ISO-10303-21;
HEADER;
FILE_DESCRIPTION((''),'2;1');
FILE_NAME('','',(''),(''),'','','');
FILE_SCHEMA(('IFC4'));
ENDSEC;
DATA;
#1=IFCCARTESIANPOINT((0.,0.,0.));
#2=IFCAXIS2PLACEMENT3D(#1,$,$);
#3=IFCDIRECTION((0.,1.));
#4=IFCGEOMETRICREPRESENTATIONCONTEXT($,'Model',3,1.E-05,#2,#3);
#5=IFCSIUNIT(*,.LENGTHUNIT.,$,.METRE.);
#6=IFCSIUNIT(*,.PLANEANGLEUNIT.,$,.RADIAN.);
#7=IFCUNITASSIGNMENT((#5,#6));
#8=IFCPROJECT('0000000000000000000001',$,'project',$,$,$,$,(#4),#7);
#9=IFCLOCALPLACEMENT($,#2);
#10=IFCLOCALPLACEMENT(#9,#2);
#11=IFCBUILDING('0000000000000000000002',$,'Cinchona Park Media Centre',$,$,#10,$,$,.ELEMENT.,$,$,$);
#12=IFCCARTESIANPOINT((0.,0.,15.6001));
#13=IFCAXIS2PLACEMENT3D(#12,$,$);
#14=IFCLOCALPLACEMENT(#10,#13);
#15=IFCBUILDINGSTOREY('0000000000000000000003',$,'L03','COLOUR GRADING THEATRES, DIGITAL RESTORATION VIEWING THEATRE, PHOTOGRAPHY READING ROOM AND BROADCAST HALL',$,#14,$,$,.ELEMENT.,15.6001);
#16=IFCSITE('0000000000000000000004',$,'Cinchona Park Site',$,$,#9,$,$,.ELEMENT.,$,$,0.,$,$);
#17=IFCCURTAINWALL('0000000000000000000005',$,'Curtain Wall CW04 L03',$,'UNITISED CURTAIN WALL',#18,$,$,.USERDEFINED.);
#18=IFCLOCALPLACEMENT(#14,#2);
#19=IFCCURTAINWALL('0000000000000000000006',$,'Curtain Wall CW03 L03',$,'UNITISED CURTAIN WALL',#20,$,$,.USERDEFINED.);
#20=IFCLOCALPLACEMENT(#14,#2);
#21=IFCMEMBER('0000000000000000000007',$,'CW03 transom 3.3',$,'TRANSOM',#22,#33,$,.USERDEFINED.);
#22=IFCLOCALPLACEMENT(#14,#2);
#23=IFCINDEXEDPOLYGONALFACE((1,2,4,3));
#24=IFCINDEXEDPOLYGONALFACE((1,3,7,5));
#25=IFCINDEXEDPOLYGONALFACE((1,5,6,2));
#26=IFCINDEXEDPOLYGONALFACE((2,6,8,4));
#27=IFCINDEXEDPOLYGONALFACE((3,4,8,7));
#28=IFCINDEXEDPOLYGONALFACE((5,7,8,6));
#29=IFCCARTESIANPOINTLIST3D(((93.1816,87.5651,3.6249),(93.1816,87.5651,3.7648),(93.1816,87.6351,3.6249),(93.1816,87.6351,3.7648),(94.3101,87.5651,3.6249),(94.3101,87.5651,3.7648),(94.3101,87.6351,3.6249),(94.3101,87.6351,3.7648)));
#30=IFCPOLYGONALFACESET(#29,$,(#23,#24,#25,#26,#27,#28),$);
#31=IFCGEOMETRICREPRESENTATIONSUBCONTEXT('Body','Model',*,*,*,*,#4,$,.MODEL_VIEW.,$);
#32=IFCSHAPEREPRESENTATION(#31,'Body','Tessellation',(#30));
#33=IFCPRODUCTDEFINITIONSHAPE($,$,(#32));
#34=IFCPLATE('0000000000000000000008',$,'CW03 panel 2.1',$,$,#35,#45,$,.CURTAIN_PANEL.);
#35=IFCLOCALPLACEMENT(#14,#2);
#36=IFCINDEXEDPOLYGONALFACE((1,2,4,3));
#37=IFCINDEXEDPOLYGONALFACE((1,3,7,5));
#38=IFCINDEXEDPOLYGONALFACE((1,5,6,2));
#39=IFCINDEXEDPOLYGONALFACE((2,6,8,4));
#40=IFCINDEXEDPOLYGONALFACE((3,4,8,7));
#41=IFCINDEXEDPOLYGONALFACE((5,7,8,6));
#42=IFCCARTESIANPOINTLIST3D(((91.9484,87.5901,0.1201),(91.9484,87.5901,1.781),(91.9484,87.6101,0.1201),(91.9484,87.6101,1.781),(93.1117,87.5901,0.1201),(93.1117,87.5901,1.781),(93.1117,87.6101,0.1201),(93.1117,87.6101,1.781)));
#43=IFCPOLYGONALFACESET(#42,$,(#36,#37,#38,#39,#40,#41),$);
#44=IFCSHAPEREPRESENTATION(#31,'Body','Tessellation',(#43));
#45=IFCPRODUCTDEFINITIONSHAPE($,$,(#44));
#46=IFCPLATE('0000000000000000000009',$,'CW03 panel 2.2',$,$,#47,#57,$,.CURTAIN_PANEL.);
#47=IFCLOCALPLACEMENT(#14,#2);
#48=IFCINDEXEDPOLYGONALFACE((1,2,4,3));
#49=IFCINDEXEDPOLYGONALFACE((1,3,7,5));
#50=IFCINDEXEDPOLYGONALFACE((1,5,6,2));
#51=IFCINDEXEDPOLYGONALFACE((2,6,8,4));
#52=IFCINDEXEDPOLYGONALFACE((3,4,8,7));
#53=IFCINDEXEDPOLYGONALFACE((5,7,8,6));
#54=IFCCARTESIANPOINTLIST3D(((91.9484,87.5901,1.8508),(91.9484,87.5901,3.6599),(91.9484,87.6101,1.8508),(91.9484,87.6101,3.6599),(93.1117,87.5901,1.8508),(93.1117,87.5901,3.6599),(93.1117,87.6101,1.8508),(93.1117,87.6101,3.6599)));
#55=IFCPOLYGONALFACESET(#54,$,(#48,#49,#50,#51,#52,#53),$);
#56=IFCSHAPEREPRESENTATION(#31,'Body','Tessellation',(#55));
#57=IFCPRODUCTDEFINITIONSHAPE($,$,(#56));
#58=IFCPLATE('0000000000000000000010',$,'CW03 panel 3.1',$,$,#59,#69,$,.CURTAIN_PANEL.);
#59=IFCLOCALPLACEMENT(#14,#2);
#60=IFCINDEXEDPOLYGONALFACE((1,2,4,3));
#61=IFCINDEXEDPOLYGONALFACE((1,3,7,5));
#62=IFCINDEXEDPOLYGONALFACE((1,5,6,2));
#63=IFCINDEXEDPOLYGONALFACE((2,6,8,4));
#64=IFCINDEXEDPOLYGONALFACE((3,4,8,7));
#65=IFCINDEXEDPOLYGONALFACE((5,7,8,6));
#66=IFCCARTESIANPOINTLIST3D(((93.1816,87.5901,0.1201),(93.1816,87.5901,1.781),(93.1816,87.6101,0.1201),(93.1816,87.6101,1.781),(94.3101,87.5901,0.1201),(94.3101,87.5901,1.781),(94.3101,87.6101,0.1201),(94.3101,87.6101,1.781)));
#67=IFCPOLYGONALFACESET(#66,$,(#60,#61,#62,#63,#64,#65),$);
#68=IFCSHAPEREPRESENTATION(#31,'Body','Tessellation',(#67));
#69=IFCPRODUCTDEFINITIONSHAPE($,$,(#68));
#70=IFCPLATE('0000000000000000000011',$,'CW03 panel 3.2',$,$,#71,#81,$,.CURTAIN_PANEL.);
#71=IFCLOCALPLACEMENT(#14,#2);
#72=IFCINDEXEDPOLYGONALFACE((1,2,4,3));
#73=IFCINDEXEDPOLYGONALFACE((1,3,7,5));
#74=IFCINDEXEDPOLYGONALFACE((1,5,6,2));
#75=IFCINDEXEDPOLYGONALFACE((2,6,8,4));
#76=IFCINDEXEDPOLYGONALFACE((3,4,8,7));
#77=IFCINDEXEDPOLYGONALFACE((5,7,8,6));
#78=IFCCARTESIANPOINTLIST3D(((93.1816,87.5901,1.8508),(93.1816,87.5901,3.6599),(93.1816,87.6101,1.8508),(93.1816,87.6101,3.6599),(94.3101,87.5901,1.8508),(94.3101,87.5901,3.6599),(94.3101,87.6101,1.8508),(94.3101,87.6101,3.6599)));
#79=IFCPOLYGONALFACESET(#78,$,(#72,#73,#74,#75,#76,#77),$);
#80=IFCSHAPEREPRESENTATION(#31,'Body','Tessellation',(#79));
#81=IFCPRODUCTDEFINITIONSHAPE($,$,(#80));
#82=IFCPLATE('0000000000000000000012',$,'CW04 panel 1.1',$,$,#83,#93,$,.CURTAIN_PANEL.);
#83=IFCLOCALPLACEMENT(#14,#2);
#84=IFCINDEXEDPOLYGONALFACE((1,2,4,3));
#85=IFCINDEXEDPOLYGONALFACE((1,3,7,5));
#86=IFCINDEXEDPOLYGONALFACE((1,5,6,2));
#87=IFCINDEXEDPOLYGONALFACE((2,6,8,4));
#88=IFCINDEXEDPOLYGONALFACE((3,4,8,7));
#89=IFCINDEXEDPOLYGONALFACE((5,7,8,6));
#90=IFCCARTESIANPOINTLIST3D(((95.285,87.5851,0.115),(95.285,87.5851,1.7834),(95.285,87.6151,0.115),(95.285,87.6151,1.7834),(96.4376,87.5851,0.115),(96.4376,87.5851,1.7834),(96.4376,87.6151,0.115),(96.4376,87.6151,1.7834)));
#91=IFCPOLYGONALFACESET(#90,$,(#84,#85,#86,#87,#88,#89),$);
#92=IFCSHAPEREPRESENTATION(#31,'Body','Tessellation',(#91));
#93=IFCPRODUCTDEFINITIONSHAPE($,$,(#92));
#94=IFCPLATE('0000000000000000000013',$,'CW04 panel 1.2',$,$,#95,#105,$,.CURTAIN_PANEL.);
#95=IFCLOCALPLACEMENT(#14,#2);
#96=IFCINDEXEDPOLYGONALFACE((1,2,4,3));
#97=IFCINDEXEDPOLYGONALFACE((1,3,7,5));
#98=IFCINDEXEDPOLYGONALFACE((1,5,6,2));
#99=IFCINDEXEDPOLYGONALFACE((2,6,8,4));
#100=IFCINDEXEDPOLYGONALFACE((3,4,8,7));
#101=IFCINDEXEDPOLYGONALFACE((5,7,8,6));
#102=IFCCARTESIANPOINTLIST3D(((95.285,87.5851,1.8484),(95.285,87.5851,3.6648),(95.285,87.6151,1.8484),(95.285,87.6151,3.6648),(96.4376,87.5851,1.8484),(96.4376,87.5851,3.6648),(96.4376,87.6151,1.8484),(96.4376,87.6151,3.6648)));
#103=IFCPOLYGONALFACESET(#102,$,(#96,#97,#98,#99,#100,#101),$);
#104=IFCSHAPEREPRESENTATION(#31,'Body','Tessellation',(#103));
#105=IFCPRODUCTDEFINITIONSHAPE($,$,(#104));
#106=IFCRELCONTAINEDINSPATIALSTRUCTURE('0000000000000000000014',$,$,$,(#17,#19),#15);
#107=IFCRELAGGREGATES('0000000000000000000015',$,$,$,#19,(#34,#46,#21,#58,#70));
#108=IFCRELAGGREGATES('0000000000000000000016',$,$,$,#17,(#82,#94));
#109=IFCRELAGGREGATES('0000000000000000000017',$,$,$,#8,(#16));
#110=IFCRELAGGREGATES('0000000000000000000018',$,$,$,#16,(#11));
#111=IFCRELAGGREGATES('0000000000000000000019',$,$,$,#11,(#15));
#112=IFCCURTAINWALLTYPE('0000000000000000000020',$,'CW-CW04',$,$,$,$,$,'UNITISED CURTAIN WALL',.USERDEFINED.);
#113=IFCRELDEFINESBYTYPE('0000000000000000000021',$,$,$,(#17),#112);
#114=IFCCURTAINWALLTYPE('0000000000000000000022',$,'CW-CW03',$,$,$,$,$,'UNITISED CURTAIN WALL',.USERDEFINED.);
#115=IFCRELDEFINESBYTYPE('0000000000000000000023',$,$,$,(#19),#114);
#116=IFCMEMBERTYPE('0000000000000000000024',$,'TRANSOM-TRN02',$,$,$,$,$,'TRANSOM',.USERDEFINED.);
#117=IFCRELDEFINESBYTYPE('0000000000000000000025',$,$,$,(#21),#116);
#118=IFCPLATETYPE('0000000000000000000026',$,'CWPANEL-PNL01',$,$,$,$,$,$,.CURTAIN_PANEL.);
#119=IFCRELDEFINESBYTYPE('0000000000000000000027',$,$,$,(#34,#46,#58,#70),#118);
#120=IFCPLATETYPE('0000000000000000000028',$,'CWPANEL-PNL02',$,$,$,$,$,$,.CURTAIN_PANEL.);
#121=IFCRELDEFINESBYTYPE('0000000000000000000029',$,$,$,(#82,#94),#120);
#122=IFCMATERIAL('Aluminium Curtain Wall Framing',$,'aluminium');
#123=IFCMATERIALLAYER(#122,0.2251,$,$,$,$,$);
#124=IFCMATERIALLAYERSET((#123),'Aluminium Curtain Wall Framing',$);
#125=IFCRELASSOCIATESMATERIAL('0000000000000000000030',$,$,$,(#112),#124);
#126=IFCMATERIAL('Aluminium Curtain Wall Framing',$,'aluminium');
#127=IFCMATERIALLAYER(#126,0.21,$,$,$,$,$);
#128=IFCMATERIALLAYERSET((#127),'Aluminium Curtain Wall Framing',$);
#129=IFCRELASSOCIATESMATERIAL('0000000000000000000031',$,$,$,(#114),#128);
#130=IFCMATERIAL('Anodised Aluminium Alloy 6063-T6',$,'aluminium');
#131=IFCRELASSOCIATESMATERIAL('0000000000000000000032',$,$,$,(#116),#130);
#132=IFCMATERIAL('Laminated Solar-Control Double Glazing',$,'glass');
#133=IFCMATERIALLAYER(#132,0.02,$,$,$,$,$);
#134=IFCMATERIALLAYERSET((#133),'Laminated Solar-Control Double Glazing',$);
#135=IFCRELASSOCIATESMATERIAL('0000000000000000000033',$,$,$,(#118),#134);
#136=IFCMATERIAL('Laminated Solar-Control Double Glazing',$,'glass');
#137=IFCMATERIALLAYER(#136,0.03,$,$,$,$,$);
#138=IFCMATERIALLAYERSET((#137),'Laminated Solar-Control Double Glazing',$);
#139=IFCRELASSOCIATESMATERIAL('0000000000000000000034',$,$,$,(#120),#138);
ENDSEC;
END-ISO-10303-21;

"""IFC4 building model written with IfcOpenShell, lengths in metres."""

from ifc_helpers import new_model, si_unit, direction, frame, origin, origin_2d, place, context, subcontext, project, spatial, rectangle, extrude, material, layer, layer_set, material_profile, profile_set, type_object, element, aggregate, save


model = new_model("IFC4")

# Units and contexts
model_context = context("Model", 3, precision=1e-05, world=origin(), true_north=direction((0.0, 1.0)))
body_context = subcontext(model_context, "Body", "Model", "MODEL_VIEW")
ifc_project = project(units=[si_unit("LENGTHUNIT", "METRE"), si_unit("PLANEANGLEUNIT", "RADIAN")], contexts=[model_context])

# Site, building, storey
site_placement = place(None, origin())
site = spatial("IfcSite", under=ifc_project, at=site_placement, Name="Cinchona Park Site", CompositionType="ELEMENT", RefElevation=0.0)
building_placement = place(site_placement, origin())
building = spatial("IfcBuilding", under=site, at=building_placement, Name="Cinchona Park Media Centre", CompositionType="ELEMENT")
storey_placement = place(building_placement, frame((0.0, 0.0, 15.6001)))
storey = spatial("IfcBuildingStorey", under=building, at=storey_placement, Name="L03", Description="COLOUR GRADING THEATRES, DIGITAL RESTORATION VIEWING THEATRE, PHOTOGRAPHY READING ROOM AND BROADCAST HALL", CompositionType="ELEMENT", Elevation=15.6001)

# Curtain walls
ifc_material_1 = material(Name="Aluminium Curtain Wall Framing", Category="aluminium")
ifc_layer_1 = layer(ifc_material_1, 0.2251)
ifc_layer_set_1 = layer_set([ifc_layer_1], Name="Aluminium Curtain Wall Framing")
curtain_wall_type_1 = type_object("IfcCurtainWallType", Name="CW-CW04", ElementType="UNITISED CURTAIN WALL", PredefinedType="USERDEFINED", material=ifc_layer_set_1)
curtain_wall_1_placement = place(storey_placement, origin())
curtain_wall_1 = element("IfcCurtainWall", 1, at=curtain_wall_1_placement, inside=storey, type_object=curtain_wall_type_1, Name="Curtain Wall CW04 L03", ObjectType="UNITISED CURTAIN WALL", PredefinedType="USERDEFINED")
ifc_material_2 = material(Name="Aluminium Curtain Wall Framing", Category="aluminium")
ifc_layer_2 = layer(ifc_material_2, 0.21)
ifc_layer_set_2 = layer_set([ifc_layer_2], Name="Aluminium Curtain Wall Framing")
curtain_wall_type_2 = type_object("IfcCurtainWallType", Name="CW-CW03", ElementType="UNITISED CURTAIN WALL", PredefinedType="USERDEFINED", material=ifc_layer_set_2)
curtain_wall_2_placement = place(storey_placement, origin())
curtain_wall_2 = element("IfcCurtainWall", 2, at=curtain_wall_2_placement, inside=storey, type_object=curtain_wall_type_2, Name="Curtain Wall CW03 L03", ObjectType="UNITISED CURTAIN WALL", PredefinedType="USERDEFINED")

# Member
ifc_material_3 = material(Name="Anodised Aluminium Alloy 6063-T6", Category="aluminium")
ifc_material_profile_1 = material_profile(ifc_material_3, rectangle(XDim=0.0701, YDim=0.1399, at=origin_2d()), Name="TRN-70X140")
ifc_profile_set_1 = profile_set([ifc_material_profile_1], Name="Anodised Aluminium Alloy 6063-T6")
member_type_1 = type_object("IfcMemberType", Name="TRANSOM-TRN02", ElementType="TRANSOM", PredefinedType="USERDEFINED", material=ifc_profile_set_1)
member_1_placement = place(storey_placement, frame((93.1816, 87.6001, 3.6948), z_axis=(1.0, 0.0, 0.0), x_axis=(0.0, 1.0, 0.0)))
member_1 = element("IfcMember", 3, at=member_1_placement, type_object=member_type_1, Name="CW03 transom 3.3", ObjectType="TRANSOM", PredefinedType="USERDEFINED", context=body_context, shape_type="SweptSolid", body=[
    extrude(rectangle(XDim=0.0701, YDim=0.1399, at=origin_2d()), origin(), (0.0, 0.0, 1.0), 1.1284),
])

# Plates
ifc_material_4 = material(Name="Laminated Solar-Control Double Glazing", Category="glass")
ifc_layer_3 = layer(ifc_material_4, 0.02)
ifc_layer_set_3 = layer_set([ifc_layer_3], Name="Laminated Solar-Control Double Glazing")
plate_type_1 = type_object("IfcPlateType", Name="CWPANEL-PNL01", PredefinedType="CURTAIN_PANEL", material=ifc_layer_set_3)
plate_1_placement = place(storey_placement, frame((92.53, 87.6001, 0.1201), z_axis=(0.0, 0.0, 1.0), x_axis=(1.0, 0.0, 0.0)))
plate_1 = element("IfcPlate", 4, at=plate_1_placement, type_object=plate_type_1, Name="CW03 panel 2.1", PredefinedType="CURTAIN_PANEL", context=body_context, shape_type="SweptSolid", body=[
    extrude(rectangle(XDim=1.1633, YDim=0.02, at=origin_2d()), origin(), (0.0, 0.0, 1.0), 1.6609),
])
plate_2_placement = place(storey_placement, frame((92.53, 87.6001, 1.8508), z_axis=(0.0, 0.0, 1.0), x_axis=(1.0, 0.0, 0.0)))
plate_2 = element("IfcPlate", 5, at=plate_2_placement, type_object=plate_type_1, Name="CW03 panel 2.2", PredefinedType="CURTAIN_PANEL", context=body_context, shape_type="SweptSolid", body=[
    extrude(rectangle(XDim=1.1633, YDim=0.02, at=origin_2d()), origin(), (0.0, 0.0, 1.0), 1.8091),
])
plate_3_placement = place(storey_placement, frame((93.7458, 87.6001, 0.1201), z_axis=(0.0, 0.0, 1.0), x_axis=(1.0, 0.0, 0.0)))
plate_3 = element("IfcPlate", 6, at=plate_3_placement, type_object=plate_type_1, Name="CW03 panel 3.1", PredefinedType="CURTAIN_PANEL", context=body_context, shape_type="SweptSolid", body=[
    extrude(rectangle(XDim=1.1284, YDim=0.02, at=origin_2d()), origin(), (0.0, 0.0, 1.0), 1.6609),
])
plate_4_placement = place(storey_placement, frame((93.7458, 87.6001, 1.8508), z_axis=(0.0, 0.0, 1.0), x_axis=(1.0, 0.0, 0.0)))
plate_4 = element("IfcPlate", 7, at=plate_4_placement, type_object=plate_type_1, Name="CW03 panel 3.2", PredefinedType="CURTAIN_PANEL", context=body_context, shape_type="SweptSolid", body=[
    extrude(rectangle(XDim=1.1284, YDim=0.02, at=origin_2d()), origin(), (0.0, 0.0, 1.0), 1.8091),
])
aggregate(curtain_wall_2, [plate_1, plate_2, member_1, plate_3, plate_4])
ifc_material_5 = material(Name="Laminated Solar-Control Double Glazing", Category="glass")
ifc_layer_4 = layer(ifc_material_5, 0.03)
ifc_layer_set_4 = layer_set([ifc_layer_4], Name="Laminated Solar-Control Double Glazing")
plate_type_2 = type_object("IfcPlateType", Name="CWPANEL-PNL02", PredefinedType="CURTAIN_PANEL", material=ifc_layer_set_4)
plate_5_placement = place(storey_placement, frame((95.8613, 87.6001, 0.115), z_axis=(0.0, 0.0, 1.0), x_axis=(1.0, 0.0, 0.0)))
plate_5 = element("IfcPlate", 8, at=plate_5_placement, type_object=plate_type_2, Name="CW04 panel 1.1", PredefinedType="CURTAIN_PANEL", context=body_context, shape_type="SweptSolid", body=[
    extrude(rectangle(XDim=1.1526, YDim=0.03, at=origin_2d()), origin(), (0.0, 0.0, 1.0), 1.6685),
])
plate_6_placement = place(storey_placement, frame((95.8613, 87.6001, 1.8484), z_axis=(0.0, 0.0, 1.0), x_axis=(1.0, 0.0, 0.0)))
plate_6 = element("IfcPlate", 9, at=plate_6_placement, type_object=plate_type_2, Name="CW04 panel 1.2", PredefinedType="CURTAIN_PANEL", context=body_context, shape_type="SweptSolid", body=[
    extrude(rectangle(XDim=1.1526, YDim=0.03, at=origin_2d()), origin(), (0.0, 0.0, 1.0), 1.8164),
])
aggregate(curtain_wall_1, [plate_5, plate_6])

save(model, "model.ifc")
